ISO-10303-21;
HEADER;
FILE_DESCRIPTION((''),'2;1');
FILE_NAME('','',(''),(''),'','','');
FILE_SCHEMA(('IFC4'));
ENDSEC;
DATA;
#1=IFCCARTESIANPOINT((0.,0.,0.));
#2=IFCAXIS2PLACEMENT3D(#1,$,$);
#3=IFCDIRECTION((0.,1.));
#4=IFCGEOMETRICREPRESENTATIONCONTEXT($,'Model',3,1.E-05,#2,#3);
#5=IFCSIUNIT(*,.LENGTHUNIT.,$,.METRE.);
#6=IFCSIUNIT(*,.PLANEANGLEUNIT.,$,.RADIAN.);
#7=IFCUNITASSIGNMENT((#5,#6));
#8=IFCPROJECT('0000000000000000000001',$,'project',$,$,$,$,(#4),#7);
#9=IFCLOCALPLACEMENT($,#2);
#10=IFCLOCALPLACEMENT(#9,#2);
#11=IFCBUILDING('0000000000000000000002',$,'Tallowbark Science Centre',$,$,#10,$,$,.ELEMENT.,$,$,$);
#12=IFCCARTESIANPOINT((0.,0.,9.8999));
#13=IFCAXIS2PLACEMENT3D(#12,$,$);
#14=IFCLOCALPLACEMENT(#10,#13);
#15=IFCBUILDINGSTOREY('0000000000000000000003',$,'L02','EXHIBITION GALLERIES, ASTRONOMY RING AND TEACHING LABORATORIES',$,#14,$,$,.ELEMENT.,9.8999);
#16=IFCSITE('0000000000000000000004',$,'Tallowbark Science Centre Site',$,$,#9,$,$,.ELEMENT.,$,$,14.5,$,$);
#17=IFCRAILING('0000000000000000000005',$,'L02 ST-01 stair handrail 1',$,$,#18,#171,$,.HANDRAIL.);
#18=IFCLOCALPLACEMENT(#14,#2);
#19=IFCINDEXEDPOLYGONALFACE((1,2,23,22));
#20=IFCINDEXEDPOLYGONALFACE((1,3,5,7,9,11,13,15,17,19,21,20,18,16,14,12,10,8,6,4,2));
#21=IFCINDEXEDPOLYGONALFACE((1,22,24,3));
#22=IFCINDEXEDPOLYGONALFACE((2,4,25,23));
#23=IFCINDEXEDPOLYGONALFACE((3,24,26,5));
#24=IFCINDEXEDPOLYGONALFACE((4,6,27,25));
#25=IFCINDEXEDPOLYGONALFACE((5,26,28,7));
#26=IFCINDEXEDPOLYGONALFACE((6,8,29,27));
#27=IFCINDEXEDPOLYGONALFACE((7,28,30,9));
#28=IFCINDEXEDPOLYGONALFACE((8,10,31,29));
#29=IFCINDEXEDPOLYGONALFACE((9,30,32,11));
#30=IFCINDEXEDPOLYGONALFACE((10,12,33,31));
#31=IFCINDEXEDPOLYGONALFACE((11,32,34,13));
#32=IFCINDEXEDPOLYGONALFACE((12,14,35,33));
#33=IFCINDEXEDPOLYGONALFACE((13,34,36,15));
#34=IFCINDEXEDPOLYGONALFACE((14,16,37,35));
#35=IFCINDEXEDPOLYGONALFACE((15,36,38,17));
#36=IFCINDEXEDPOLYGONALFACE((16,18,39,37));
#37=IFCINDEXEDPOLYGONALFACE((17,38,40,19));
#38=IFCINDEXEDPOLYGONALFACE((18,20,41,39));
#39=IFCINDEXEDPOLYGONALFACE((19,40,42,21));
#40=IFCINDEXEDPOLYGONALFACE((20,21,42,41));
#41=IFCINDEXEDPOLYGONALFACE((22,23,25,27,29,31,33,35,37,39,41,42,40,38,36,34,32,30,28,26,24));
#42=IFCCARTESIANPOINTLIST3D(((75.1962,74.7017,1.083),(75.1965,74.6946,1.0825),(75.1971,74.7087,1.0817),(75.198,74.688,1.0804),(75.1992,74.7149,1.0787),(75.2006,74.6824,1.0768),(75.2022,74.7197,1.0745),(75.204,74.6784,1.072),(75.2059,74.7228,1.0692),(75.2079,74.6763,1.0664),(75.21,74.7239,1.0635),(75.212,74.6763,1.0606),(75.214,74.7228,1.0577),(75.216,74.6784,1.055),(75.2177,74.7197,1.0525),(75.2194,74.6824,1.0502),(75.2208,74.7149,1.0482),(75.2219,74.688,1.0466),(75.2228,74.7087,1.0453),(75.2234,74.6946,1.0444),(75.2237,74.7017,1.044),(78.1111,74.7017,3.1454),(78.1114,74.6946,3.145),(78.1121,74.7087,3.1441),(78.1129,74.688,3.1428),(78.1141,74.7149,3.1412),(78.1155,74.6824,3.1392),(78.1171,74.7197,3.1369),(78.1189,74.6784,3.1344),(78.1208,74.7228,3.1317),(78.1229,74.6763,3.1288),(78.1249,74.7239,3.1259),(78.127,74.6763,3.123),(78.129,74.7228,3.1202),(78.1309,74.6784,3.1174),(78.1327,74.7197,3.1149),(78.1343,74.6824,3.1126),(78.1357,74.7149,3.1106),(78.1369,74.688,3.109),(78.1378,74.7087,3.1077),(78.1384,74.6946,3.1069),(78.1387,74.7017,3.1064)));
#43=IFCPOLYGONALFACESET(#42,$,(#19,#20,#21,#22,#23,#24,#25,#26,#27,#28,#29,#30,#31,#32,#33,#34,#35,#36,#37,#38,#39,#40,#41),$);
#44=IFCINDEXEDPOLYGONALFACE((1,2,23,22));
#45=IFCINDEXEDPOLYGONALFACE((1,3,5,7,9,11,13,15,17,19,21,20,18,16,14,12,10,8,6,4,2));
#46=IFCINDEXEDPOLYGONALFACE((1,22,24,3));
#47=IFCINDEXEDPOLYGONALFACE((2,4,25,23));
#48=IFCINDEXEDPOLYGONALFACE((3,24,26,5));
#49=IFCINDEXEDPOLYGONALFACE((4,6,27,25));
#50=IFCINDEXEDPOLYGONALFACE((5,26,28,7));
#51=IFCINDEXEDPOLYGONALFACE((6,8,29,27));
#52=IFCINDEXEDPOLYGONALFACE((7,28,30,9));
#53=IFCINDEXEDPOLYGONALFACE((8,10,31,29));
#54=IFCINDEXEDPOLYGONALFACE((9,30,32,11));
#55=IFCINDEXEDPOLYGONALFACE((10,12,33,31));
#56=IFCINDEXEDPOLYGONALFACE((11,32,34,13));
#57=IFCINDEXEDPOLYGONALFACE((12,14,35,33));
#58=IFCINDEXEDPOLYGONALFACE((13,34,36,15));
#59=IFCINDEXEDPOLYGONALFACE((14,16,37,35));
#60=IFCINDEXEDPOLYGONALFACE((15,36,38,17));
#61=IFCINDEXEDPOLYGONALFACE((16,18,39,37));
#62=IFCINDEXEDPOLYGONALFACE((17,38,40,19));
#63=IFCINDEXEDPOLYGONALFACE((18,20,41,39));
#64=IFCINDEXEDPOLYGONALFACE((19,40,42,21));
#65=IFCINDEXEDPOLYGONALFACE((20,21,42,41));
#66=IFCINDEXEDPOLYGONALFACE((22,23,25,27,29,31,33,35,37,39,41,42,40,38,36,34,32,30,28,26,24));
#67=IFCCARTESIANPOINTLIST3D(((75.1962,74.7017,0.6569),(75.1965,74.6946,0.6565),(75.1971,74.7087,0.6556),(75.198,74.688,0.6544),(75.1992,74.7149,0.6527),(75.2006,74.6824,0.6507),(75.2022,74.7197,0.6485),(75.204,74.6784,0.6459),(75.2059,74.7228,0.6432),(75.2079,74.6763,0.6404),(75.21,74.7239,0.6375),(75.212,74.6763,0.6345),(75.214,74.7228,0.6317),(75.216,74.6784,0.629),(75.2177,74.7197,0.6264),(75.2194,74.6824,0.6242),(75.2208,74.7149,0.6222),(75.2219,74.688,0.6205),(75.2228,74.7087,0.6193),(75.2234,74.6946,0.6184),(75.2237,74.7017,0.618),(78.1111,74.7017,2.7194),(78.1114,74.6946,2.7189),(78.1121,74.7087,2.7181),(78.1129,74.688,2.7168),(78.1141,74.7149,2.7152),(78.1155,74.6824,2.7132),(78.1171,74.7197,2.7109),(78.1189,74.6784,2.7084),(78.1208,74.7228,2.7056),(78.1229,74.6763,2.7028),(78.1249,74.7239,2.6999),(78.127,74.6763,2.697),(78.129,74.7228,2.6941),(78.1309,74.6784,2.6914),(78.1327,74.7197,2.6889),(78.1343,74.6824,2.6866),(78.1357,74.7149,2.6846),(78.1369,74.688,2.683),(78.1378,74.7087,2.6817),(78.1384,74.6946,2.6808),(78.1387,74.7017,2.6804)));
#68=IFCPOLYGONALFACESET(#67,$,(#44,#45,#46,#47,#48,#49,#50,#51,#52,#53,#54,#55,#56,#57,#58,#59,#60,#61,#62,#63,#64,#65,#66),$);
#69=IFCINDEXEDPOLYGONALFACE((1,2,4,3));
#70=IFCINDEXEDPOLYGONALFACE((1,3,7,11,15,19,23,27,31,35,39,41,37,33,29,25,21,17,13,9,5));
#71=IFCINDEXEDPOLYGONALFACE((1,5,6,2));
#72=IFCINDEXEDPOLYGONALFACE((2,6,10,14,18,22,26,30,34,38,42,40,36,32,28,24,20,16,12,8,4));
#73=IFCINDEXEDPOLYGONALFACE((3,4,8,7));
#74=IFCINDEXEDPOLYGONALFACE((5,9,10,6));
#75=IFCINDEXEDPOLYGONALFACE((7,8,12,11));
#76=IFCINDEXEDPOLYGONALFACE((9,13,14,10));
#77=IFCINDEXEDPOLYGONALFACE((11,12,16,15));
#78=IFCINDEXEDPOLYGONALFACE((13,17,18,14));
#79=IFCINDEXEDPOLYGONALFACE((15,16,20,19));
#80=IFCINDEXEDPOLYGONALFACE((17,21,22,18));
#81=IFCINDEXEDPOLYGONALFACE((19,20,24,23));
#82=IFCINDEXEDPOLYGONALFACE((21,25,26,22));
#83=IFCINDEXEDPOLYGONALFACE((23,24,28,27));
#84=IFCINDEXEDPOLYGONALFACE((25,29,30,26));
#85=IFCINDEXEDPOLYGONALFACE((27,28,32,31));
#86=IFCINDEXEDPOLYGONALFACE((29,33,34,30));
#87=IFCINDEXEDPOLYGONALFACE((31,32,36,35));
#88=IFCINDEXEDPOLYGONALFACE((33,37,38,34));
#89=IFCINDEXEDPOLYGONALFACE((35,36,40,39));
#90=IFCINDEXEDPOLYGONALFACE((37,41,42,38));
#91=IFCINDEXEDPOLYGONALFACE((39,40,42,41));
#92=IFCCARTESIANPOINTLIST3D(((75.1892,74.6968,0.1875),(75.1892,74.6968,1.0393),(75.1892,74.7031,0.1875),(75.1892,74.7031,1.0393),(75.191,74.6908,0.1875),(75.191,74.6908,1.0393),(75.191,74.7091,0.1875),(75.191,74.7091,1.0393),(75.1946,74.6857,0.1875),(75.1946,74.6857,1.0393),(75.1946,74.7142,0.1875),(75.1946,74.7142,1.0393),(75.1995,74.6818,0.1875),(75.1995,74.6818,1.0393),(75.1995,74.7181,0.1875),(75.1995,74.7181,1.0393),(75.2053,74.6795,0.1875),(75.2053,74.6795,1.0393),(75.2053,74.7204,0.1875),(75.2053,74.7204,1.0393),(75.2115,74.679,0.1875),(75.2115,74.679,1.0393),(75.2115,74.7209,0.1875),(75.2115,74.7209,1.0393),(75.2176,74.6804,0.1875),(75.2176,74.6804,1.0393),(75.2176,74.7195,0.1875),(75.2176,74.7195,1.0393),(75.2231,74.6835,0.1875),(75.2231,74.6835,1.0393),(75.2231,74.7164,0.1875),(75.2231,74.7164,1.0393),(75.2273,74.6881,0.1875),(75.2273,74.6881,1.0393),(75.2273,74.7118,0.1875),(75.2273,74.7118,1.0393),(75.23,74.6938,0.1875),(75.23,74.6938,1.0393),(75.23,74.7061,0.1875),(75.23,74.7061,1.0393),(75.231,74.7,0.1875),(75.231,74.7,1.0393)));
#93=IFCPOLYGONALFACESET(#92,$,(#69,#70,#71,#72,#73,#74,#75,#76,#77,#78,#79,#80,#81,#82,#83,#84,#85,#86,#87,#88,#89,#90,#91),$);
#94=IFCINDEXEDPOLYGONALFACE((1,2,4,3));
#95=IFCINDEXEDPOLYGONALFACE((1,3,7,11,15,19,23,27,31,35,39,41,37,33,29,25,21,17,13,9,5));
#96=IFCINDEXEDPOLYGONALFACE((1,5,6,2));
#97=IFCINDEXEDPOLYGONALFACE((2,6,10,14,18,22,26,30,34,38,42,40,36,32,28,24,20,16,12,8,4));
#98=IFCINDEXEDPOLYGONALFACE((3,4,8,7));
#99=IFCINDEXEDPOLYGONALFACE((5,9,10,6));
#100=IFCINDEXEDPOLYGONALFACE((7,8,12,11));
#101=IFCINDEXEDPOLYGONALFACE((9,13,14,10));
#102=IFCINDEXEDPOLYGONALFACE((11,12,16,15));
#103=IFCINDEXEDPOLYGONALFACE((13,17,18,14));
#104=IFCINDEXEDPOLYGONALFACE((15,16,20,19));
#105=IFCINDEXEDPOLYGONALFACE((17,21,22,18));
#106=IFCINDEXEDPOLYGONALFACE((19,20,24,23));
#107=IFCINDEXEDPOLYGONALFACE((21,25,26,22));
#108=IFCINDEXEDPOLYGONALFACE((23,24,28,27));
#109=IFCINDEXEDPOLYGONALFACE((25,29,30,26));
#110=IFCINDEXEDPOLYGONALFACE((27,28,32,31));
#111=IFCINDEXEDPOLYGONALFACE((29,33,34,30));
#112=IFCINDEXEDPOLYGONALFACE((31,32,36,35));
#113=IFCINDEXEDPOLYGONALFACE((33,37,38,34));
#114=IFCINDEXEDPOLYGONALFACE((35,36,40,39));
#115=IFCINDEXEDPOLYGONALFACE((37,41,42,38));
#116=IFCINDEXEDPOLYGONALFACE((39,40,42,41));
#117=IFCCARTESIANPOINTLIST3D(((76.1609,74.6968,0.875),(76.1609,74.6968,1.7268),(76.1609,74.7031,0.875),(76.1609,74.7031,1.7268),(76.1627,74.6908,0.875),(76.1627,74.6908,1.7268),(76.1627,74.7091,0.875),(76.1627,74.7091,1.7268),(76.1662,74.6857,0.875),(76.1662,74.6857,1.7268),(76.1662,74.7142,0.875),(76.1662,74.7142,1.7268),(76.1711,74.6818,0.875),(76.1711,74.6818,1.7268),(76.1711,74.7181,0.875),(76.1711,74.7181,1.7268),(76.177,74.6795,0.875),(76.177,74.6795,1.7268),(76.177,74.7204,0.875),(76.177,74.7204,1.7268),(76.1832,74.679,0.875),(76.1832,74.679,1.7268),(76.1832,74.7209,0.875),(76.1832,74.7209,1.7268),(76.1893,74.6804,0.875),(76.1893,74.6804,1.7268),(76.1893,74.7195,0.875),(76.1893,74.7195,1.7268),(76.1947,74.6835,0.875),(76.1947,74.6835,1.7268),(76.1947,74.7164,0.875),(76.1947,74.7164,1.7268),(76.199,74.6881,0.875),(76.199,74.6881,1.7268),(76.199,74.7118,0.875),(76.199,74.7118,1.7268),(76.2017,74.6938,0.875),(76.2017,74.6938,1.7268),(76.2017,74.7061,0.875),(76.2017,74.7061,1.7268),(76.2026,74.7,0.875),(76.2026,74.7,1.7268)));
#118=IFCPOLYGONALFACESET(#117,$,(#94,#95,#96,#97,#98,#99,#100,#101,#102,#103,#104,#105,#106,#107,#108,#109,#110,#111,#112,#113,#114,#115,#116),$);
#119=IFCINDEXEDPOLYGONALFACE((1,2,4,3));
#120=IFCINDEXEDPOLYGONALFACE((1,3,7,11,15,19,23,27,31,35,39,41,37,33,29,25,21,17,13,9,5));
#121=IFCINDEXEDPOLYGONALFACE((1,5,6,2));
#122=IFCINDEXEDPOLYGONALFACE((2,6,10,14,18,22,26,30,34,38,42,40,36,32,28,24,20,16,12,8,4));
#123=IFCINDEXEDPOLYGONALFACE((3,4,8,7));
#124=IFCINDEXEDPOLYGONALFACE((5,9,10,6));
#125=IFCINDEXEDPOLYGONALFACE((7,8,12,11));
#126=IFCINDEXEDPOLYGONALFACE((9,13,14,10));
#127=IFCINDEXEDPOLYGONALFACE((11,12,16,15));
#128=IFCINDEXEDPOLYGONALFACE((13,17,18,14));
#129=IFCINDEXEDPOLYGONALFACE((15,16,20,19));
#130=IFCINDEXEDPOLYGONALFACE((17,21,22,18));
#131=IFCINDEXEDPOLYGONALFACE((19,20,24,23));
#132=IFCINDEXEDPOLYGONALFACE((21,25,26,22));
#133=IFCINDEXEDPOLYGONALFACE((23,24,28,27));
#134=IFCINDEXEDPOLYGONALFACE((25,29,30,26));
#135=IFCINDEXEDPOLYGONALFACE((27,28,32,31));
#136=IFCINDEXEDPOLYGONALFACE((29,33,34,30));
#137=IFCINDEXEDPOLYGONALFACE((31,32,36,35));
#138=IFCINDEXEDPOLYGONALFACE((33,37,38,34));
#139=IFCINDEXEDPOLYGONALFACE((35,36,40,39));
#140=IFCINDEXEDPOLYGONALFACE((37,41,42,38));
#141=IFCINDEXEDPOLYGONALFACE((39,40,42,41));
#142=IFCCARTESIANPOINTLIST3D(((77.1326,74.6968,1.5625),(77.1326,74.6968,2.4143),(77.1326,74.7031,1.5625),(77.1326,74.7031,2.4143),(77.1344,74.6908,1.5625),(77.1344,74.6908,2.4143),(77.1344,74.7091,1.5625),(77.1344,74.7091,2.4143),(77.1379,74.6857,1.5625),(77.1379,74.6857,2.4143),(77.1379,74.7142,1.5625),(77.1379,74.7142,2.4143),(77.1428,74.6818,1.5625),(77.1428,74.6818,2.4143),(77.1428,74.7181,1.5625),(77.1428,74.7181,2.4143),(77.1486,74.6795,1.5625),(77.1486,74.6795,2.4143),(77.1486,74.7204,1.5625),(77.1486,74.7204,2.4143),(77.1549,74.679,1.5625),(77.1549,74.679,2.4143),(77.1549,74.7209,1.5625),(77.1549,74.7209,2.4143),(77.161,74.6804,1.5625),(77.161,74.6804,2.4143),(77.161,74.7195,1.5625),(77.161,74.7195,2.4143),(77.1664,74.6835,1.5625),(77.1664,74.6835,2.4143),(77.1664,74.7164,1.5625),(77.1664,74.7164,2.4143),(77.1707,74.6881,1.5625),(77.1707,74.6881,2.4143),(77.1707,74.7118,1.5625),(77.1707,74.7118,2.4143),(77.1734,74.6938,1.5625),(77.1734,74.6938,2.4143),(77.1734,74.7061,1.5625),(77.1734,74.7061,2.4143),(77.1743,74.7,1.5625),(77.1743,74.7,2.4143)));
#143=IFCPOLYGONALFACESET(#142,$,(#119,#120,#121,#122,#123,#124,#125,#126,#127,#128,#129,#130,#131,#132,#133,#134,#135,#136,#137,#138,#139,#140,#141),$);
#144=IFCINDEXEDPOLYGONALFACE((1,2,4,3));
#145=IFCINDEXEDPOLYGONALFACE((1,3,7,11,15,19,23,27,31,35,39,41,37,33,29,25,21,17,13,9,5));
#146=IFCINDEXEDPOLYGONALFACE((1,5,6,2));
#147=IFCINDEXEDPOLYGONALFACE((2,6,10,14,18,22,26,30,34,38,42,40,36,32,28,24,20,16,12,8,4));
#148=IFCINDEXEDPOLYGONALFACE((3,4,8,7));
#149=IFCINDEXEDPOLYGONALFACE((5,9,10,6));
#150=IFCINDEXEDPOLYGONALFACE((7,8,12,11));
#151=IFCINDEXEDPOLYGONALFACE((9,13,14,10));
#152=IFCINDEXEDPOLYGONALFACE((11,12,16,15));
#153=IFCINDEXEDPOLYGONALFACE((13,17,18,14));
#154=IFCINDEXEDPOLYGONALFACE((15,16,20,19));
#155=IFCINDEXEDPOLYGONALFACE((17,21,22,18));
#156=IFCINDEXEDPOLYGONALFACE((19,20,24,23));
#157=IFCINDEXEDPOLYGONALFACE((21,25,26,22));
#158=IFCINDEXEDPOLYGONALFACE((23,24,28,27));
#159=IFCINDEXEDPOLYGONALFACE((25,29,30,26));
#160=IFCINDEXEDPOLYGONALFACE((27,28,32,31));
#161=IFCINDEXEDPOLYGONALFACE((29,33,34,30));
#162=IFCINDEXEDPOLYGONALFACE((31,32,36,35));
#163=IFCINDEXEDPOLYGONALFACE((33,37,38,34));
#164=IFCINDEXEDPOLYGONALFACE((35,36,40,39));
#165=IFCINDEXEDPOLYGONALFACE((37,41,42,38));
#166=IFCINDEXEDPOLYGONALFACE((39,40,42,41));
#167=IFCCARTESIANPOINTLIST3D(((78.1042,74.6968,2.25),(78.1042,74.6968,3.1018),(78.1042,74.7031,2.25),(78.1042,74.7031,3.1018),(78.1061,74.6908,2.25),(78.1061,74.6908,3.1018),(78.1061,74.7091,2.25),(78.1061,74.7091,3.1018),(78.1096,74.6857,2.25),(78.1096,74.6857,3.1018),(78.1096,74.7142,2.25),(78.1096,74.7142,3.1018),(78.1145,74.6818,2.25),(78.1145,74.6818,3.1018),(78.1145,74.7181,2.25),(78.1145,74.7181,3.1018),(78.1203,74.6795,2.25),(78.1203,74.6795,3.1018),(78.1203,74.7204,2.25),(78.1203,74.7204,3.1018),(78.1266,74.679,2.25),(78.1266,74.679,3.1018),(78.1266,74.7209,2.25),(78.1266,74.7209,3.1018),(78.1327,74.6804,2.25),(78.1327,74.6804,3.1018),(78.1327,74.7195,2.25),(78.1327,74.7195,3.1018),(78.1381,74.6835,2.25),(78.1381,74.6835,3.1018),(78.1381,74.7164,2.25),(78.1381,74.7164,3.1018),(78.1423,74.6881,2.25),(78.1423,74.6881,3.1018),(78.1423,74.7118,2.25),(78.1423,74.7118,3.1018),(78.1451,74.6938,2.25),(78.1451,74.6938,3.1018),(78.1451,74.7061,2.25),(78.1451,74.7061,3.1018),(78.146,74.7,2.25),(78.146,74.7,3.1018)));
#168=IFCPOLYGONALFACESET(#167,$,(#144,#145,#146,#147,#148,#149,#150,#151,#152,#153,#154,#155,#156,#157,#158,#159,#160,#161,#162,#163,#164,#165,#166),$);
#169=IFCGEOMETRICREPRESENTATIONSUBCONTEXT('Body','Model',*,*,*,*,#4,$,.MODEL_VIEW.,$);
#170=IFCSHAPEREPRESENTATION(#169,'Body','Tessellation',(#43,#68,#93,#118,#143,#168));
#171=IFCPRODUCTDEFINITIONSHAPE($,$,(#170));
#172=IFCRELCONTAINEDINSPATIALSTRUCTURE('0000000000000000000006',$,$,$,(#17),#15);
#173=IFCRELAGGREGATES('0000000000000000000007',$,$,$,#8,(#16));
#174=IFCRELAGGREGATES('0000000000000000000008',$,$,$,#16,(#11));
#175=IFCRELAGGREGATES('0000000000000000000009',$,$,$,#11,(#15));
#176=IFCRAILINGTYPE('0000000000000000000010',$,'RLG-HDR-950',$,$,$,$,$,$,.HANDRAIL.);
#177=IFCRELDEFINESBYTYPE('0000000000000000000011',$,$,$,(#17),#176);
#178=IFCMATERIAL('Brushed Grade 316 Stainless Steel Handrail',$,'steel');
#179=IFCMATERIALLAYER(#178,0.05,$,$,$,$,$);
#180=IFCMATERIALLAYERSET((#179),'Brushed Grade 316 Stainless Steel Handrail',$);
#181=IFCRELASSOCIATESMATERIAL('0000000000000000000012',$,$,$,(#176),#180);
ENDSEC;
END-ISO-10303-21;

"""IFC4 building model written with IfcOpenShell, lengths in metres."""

from ifc_helpers import new_model, si_unit, direction, frame, origin, origin_2d, place, context, subcontext, project, spatial, circle, extrude, material, layer, layer_set, type_object, element, save


model = new_model("IFC4")

# Units and contexts
model_context = context("Model", 3, precision=1e-05, world=origin(), true_north=direction((0.0, 1.0)))
body_context = subcontext(model_context, "Body", "Model", "MODEL_VIEW")
ifc_project = project(units=[si_unit("LENGTHUNIT", "METRE"), si_unit("PLANEANGLEUNIT", "RADIAN")], contexts=[model_context])

# Site, building, storey
site_placement = place(None, origin())
site = spatial("IfcSite", under=ifc_project, at=site_placement, Name="Tallowbark Science Centre Site", CompositionType="ELEMENT", RefElevation=14.5)
building_placement = place(site_placement, origin())
building = spatial("IfcBuilding", under=site, at=building_placement, Name="Tallowbark Science Centre", CompositionType="ELEMENT")
storey_placement = place(building_placement, frame((0.0, 0.0, 9.8999)))
storey = spatial("IfcBuildingStorey", under=building, at=storey_placement, Name="L02", Description="EXHIBITION GALLERIES, ASTRONOMY RING AND TEACHING LABORATORIES", CompositionType="ELEMENT", Elevation=9.8999)

# Railing
ifc_material_1 = material(Name="Brushed Grade 316 Stainless Steel Handrail", Category="steel")
ifc_layer_1 = layer(ifc_material_1, 0.05)
ifc_layer_set_1 = layer_set([ifc_layer_1], Name="Brushed Grade 316 Stainless Steel Handrail")
railing_type_1 = type_object("IfcRailingType", Name="RLG-HDR-950", PredefinedType="HANDRAIL", material=ifc_layer_set_1)
railing_1_placement = place(storey_placement, frame((75.21, 74.7, 0.1875)))
element("IfcRailing", 1, at=railing_1_placement, inside=storey, type_object=railing_type_1, Name="L02 ST-01 stair handrail 1", PredefinedType="HANDRAIL", context=body_context, shape_type="SweptSolid", body=[
    extrude(circle(Radius=0.0239, at=origin_2d()), frame((0.0, 0.0, 0.876), z_axis=(0.816331, 0.0, 0.577585), x_axis=(0.0, 1.0, 0.0)), (0.0, 0.0, 1.0), 3.5708),
    extrude(circle(Radius=0.0239, at=origin_2d()), frame((0.0, 0.0, 0.45), z_axis=(0.816331, 0.0, 0.577585), x_axis=(0.0, 1.0, 0.0)), (0.0, 0.0, 1.0), 3.5708),
    extrude(circle(Radius=0.021, at=origin_2d()), origin(), (0.0, 0.0, 1.0), 0.8518),
    extrude(circle(Radius=0.021, at=origin_2d()), frame((0.9717, 0.0, 0.6875)), (0.0, 0.0, 1.0), 0.8518),
    extrude(circle(Radius=0.021, at=origin_2d()), frame((1.9434, 0.0, 1.375)), (0.0, 0.0, 1.0), 0.8518),
    extrude(circle(Radius=0.021, at=origin_2d()), frame((2.915, 0.0, 2.0625)), (0.0, 0.0, 1.0), 0.8518),
])

save(model, "model.ifc")
